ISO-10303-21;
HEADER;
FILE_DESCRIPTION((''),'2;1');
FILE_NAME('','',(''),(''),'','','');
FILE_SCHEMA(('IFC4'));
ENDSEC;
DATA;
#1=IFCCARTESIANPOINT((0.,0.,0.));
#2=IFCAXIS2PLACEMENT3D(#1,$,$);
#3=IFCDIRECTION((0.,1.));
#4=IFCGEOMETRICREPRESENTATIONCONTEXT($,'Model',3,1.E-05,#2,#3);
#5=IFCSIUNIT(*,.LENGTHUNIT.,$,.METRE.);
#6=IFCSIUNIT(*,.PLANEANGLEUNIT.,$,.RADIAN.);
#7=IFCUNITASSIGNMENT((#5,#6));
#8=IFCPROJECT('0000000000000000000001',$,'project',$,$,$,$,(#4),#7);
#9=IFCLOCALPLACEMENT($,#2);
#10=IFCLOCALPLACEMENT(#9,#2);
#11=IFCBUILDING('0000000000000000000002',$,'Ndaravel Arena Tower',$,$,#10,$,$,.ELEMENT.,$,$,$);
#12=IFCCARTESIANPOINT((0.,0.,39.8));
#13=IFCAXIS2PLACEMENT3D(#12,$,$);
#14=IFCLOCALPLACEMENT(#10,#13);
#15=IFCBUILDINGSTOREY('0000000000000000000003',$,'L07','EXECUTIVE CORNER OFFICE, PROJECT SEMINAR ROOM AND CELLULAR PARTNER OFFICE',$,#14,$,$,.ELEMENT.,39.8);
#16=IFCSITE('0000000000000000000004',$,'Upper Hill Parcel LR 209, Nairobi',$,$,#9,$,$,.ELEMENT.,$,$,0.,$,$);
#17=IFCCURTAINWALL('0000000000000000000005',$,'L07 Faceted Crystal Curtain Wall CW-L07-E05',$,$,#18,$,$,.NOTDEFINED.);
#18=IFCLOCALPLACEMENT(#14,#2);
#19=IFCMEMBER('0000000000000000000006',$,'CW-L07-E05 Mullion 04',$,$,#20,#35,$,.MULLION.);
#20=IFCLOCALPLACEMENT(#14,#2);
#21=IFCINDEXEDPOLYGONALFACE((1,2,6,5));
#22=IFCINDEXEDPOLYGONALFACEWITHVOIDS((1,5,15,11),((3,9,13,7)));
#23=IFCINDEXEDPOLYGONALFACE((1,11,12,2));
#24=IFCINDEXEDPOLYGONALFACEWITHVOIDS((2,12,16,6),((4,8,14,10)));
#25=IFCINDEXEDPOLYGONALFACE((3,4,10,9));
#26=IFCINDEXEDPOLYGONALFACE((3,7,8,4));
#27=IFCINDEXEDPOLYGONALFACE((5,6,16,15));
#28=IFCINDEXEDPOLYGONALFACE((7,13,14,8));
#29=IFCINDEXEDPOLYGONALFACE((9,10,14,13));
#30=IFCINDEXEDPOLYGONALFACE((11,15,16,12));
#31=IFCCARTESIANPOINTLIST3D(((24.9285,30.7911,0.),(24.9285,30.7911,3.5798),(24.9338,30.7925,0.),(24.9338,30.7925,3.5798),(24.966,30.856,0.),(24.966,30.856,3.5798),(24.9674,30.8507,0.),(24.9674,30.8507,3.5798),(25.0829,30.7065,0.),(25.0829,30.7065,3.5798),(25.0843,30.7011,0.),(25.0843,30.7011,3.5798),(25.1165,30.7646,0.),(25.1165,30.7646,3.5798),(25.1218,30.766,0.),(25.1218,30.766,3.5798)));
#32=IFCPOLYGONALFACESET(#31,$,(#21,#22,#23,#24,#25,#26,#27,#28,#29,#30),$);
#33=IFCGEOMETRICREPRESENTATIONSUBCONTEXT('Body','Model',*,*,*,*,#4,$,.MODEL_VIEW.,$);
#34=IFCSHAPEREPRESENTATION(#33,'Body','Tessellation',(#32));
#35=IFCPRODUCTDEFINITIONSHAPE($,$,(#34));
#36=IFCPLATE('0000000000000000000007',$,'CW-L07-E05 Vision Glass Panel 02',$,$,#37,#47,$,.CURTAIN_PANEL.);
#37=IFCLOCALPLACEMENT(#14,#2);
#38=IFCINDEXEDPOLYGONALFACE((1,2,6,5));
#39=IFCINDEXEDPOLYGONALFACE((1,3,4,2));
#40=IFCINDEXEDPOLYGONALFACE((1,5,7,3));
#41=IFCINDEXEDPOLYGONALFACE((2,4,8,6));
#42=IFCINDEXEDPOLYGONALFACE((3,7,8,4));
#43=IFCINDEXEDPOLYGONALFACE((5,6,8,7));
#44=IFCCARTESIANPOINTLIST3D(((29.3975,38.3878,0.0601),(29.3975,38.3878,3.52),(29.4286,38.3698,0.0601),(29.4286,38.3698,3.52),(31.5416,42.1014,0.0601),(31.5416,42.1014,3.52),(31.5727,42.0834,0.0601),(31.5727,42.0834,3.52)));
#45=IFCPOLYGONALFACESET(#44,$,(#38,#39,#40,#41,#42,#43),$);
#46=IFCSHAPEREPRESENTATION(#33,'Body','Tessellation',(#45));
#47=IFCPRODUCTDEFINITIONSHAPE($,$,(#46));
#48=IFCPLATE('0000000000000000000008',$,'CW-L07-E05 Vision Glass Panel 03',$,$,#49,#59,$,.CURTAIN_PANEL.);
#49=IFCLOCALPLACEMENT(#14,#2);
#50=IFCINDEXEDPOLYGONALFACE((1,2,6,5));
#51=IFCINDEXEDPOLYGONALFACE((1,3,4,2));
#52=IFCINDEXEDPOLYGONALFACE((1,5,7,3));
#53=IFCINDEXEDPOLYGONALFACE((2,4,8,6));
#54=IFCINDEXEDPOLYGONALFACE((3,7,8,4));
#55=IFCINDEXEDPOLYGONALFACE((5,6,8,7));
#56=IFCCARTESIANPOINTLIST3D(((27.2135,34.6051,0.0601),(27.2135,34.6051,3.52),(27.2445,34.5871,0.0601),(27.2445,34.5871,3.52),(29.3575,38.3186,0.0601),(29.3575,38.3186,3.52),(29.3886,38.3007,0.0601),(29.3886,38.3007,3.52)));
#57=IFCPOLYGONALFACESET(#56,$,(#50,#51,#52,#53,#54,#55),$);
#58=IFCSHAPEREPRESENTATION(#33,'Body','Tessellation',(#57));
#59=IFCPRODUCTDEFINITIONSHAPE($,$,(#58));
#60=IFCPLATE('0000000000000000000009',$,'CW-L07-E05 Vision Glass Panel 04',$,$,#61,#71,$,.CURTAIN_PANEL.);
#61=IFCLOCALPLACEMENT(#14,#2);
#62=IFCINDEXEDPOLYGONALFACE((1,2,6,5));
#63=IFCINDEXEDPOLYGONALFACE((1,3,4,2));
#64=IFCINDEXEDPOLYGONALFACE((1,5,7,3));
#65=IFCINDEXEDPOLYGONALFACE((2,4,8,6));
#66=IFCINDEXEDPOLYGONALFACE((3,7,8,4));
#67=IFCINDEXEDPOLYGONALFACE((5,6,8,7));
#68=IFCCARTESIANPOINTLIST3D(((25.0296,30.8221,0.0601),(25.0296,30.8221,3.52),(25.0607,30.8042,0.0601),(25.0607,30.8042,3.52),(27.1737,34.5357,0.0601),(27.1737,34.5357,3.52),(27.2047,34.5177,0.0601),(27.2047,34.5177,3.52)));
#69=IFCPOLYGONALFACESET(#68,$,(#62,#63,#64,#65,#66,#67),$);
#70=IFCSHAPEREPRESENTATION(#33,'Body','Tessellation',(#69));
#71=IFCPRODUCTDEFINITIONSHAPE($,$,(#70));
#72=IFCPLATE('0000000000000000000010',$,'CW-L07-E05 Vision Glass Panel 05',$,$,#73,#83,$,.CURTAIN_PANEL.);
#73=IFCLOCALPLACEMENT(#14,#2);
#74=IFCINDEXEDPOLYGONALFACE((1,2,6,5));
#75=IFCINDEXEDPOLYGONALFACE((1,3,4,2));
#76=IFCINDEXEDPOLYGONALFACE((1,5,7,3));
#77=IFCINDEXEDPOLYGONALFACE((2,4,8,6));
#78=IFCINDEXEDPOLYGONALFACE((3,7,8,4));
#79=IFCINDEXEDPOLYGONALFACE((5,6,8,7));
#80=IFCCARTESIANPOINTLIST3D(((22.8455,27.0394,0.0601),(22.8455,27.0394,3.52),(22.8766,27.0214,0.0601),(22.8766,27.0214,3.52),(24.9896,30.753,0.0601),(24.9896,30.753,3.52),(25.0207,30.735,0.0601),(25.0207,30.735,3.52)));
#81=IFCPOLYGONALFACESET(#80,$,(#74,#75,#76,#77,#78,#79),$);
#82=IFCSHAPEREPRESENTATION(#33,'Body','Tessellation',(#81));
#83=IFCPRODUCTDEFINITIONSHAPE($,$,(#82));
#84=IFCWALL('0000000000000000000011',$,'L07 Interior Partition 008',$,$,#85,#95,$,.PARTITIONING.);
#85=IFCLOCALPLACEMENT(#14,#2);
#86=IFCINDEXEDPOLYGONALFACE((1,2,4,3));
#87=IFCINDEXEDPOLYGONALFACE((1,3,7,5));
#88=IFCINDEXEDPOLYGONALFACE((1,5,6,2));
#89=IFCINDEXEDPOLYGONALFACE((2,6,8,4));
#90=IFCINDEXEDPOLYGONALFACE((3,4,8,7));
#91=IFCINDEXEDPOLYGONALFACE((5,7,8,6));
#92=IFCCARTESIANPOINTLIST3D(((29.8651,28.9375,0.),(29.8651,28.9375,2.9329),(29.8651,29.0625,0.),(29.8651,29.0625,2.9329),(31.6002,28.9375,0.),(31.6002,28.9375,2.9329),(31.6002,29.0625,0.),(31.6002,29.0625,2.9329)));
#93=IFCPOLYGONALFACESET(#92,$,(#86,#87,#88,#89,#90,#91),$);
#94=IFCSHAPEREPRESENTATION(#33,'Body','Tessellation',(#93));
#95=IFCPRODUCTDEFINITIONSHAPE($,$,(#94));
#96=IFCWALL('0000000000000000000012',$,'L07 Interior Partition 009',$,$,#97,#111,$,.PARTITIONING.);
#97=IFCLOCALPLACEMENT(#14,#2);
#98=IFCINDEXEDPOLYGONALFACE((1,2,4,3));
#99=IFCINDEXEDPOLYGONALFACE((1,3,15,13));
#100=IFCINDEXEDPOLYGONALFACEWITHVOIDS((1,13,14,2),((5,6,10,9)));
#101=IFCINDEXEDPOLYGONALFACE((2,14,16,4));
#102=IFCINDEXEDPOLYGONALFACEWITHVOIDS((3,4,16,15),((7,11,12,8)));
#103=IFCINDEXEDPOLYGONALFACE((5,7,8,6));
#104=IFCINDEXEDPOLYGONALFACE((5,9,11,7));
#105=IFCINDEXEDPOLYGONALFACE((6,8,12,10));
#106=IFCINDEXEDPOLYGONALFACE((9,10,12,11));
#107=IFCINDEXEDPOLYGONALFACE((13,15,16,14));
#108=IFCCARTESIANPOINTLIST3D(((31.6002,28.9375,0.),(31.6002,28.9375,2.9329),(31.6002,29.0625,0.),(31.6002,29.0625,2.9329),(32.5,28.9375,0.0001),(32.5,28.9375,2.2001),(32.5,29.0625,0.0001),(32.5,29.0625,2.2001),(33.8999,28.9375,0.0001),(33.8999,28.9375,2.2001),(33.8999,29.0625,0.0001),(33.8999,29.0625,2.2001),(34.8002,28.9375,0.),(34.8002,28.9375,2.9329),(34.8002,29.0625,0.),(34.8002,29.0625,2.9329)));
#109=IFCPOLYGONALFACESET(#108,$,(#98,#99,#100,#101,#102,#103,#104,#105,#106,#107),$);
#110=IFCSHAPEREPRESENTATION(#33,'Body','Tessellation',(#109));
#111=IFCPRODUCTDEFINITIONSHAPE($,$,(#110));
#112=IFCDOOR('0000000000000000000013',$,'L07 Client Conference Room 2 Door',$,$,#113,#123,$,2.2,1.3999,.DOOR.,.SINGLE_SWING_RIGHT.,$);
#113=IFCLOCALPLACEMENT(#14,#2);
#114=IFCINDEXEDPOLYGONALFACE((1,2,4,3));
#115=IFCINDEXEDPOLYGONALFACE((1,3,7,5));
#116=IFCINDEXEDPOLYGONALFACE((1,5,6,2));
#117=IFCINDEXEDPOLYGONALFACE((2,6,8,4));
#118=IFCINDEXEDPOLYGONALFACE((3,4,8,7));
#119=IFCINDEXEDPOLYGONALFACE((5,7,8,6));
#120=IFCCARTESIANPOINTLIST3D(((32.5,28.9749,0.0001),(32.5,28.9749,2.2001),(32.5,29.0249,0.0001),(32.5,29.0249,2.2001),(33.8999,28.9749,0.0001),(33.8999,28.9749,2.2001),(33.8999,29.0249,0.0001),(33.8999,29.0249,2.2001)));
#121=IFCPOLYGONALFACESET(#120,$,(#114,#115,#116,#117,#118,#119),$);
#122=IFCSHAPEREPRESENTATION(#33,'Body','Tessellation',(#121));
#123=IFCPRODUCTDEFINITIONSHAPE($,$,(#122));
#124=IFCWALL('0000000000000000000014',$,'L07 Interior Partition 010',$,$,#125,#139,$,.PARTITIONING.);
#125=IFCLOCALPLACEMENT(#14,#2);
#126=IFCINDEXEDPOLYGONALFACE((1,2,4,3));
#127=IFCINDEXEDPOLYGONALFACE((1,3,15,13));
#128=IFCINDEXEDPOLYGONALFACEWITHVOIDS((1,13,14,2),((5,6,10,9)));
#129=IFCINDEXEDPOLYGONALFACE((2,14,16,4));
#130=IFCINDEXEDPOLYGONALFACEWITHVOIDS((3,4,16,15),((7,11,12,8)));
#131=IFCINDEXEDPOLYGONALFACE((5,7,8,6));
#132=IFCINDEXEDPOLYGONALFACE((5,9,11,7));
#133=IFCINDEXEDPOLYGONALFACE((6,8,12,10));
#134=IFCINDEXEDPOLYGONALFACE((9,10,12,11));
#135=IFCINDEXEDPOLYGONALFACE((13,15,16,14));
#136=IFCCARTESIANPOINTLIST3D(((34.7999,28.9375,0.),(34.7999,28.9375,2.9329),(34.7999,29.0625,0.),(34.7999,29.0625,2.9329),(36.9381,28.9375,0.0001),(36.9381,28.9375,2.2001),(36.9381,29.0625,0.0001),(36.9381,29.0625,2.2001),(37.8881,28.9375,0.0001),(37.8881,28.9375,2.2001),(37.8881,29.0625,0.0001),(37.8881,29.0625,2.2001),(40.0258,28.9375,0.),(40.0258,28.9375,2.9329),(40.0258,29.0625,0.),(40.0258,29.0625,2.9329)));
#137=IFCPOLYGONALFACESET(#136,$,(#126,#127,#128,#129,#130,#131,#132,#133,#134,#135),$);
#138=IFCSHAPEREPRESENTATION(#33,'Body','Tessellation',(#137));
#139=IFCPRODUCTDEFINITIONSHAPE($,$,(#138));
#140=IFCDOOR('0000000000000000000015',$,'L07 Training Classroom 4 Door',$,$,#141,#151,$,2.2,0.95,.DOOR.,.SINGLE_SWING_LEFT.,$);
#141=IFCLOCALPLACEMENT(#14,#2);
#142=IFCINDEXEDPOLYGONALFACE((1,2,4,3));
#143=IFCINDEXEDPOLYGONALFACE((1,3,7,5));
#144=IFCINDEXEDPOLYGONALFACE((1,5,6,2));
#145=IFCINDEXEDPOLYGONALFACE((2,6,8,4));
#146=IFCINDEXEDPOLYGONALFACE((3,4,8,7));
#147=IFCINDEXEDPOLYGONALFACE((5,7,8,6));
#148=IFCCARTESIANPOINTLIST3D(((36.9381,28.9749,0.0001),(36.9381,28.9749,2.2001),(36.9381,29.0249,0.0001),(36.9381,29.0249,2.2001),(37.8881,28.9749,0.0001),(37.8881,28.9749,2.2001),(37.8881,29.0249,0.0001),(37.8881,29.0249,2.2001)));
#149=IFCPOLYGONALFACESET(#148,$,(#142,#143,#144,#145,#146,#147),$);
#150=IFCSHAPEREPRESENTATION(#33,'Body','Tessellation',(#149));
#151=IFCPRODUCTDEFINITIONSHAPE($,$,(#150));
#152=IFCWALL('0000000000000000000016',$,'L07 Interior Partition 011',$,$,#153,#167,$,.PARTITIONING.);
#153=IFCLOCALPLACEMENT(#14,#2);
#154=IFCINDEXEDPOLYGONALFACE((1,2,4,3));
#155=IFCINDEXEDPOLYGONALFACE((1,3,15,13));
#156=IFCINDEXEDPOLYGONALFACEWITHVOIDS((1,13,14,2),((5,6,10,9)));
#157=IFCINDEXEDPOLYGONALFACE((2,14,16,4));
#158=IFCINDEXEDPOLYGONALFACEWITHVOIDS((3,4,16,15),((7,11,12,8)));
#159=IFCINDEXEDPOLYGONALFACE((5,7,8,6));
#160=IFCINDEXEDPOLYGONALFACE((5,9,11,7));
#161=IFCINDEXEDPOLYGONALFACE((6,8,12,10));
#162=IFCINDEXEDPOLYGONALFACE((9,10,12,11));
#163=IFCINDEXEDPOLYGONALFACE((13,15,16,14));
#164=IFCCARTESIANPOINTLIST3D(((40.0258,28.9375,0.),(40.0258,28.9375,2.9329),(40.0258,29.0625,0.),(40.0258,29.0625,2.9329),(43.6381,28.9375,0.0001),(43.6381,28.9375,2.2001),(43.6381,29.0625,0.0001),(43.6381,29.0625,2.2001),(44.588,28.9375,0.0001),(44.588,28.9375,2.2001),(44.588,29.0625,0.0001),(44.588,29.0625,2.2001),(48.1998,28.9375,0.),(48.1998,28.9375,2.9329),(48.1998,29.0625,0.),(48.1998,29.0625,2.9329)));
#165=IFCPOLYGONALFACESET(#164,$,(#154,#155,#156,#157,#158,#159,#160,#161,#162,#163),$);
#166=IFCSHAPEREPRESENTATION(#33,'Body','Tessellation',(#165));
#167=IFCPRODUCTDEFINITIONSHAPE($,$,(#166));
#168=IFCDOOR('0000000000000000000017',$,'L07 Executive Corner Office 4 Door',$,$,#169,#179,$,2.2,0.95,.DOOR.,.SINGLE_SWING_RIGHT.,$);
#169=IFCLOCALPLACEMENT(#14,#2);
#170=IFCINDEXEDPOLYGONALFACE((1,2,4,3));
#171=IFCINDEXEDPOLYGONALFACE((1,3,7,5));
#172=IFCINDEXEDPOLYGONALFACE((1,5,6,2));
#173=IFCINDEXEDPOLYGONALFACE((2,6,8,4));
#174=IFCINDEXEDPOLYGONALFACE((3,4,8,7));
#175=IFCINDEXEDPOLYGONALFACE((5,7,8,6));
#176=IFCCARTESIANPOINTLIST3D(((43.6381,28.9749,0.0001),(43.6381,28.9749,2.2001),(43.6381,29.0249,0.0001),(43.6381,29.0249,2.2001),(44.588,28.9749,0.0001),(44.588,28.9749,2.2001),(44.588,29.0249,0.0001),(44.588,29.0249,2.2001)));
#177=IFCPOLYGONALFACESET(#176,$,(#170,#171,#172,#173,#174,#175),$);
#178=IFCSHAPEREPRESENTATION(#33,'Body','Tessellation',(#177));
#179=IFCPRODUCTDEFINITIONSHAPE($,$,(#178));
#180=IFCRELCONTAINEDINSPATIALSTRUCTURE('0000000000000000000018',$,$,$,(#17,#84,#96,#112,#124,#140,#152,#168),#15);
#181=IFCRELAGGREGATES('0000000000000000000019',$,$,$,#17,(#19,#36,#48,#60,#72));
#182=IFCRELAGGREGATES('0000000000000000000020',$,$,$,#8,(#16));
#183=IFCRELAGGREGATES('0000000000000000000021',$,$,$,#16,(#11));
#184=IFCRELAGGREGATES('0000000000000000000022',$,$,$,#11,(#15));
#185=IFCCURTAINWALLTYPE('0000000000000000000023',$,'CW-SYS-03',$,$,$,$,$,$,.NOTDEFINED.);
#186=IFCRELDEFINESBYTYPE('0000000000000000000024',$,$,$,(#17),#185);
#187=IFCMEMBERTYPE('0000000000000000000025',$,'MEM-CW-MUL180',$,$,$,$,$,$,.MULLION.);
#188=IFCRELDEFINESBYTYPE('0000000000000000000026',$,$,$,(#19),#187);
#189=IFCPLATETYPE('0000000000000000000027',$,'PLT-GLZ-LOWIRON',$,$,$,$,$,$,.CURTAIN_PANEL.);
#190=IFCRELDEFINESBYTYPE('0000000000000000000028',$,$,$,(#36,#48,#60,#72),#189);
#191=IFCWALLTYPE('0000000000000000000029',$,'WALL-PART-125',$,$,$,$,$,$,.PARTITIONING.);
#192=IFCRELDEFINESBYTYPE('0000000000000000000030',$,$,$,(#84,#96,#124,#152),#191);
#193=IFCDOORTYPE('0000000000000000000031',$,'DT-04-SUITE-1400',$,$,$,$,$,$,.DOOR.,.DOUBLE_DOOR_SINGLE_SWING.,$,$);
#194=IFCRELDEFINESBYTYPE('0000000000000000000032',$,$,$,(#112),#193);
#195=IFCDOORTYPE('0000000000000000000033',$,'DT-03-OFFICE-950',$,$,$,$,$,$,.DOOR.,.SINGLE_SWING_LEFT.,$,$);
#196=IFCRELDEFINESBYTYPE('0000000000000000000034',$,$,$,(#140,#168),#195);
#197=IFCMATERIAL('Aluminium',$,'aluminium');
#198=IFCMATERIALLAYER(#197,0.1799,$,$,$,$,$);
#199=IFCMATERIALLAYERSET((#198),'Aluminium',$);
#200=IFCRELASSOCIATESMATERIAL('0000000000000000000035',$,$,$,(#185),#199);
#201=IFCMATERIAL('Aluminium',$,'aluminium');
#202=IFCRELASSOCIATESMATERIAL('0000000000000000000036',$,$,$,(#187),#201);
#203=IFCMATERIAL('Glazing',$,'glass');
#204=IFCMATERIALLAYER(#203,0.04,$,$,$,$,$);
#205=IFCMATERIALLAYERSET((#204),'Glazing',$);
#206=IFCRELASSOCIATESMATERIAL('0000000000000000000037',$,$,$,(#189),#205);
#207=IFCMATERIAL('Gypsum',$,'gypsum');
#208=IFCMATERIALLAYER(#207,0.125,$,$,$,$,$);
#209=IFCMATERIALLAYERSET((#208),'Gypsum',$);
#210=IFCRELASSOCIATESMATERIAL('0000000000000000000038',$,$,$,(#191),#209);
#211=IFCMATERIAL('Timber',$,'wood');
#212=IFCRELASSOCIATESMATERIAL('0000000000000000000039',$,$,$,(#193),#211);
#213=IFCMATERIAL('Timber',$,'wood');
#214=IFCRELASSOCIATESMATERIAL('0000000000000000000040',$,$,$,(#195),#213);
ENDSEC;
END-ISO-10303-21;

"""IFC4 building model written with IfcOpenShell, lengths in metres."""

from ifc_helpers import new_model, si_unit, direction, frame, frame_2d, origin, origin_2d, place, context, subcontext, project, spatial, rectangle, hollow_rectangle, extrude, material, layer, layer_set, material_profile, profile_set, type_object, element, fill, aggregate, save


model = new_model("IFC4")

# Units and contexts
model_context = context("Model", 3, precision=1e-05, world=origin(), true_north=direction((0.0, 1.0)))
body_context = subcontext(model_context, "Body", "Model", "MODEL_VIEW")
ifc_project = project(units=[si_unit("LENGTHUNIT", "METRE"), si_unit("PLANEANGLEUNIT", "RADIAN")], contexts=[model_context])

# Site, building, storey
site_placement = place(None, origin())
site = spatial("IfcSite", under=ifc_project, at=site_placement, Name="Upper Hill Parcel LR 209, Nairobi", CompositionType="ELEMENT", RefElevation=0.0)
building_placement = place(site_placement, origin())
building = spatial("IfcBuilding", under=site, at=building_placement, Name="Ndaravel Arena Tower", CompositionType="ELEMENT")
storey_placement = place(building_placement, frame((0.0, 0.0, 39.8)))
storey = spatial("IfcBuildingStorey", under=building, at=storey_placement, Name="L07", Description="EXECUTIVE CORNER OFFICE, PROJECT SEMINAR ROOM AND CELLULAR PARTNER OFFICE", CompositionType="ELEMENT", Elevation=39.8)

# Curtain wall, member, plates
ifc_material_1 = material(Name="Aluminium", Category="aluminium")
ifc_layer_1 = layer(ifc_material_1, 0.1799)
ifc_layer_set_1 = layer_set([ifc_layer_1], Name="Aluminium")
curtain_wall_type = type_object("IfcCurtainWallType", Name="CW-SYS-03", PredefinedType="NOTDEFINED", material=ifc_layer_set_1)
curtain_wall_placement = place(storey_placement, origin())
curtain_wall = element("IfcCurtainWall", 1, at=curtain_wall_placement, inside=storey, type_object=curtain_wall_type, Name="L07 Faceted Crystal Curtain Wall CW-L07-E05", PredefinedType="NOTDEFINED")
ifc_material_2 = material(Name="Aluminium", Category="aluminium")
ifc_material_profile_1 = material_profile(ifc_material_2, hollow_rectangle(XDim=0.075, YDim=0.1799, WallThickness=0.0039, at=origin_2d()), Name="CW MULLION 75x180x4")
ifc_profile_set_1 = profile_set([ifc_material_profile_1], Name="Aluminium")
member_type = type_object("IfcMemberType", Name="MEM-CW-MUL180", PredefinedType="MULLION", material=ifc_profile_set_1)
member_1_placement = place(storey_placement, frame((25.0251, 30.7786, 0.0), z_axis=(0.0, 0.0, 1.0), x_axis=(-0.5, -0.866025, 0.0)))
member_1 = element("IfcMember", 2, at=member_1_placement, type_object=member_type, Name="CW-L07-E05 Mullion 04", PredefinedType="MULLION", context=body_context, shape_type="SweptSolid", body=[
    extrude(hollow_rectangle(XDim=0.075, YDim=0.1799, WallThickness=0.0039, at=origin_2d()), origin(), (0.0, 0.0, 1.0), 3.5798),
])
ifc_material_3 = material(Name="Glazing", Category="glass")
ifc_layer_2 = layer(ifc_material_3, 0.04)
ifc_layer_set_2 = layer_set([ifc_layer_2], Name="Glazing")
plate_type = type_object("IfcPlateType", Name="PLT-GLZ-LOWIRON", PredefinedType="CURTAIN_PANEL", material=ifc_layer_set_2)
plate_1_placement = place(storey_placement, frame((30.4851, 40.2356, 0.0601), z_axis=(0.0, 0.0, 1.0), x_axis=(-0.5, -0.866025, 0.0)))
plate_1 = element("IfcPlate", 3, at=plate_1_placement, type_object=plate_type, Name="CW-L07-E05 Vision Glass Panel 02", PredefinedType="CURTAIN_PANEL", context=body_context, shape_type="SweptSolid", body=[
    extrude(rectangle(XDim=4.2881, YDim=0.0359, at=origin_2d()), origin(), (0.0, 0.0, 1.0), 3.46),
])
plate_2_placement = place(storey_placement, frame((28.301, 36.4529, 0.0601), z_axis=(0.0, 0.0, 1.0), x_axis=(-0.5, -0.866025, 0.0)))
plate_2 = element("IfcPlate", 4, at=plate_2_placement, type_object=plate_type, Name="CW-L07-E05 Vision Glass Panel 03", PredefinedType="CURTAIN_PANEL", context=body_context, shape_type="SweptSolid", body=[
    extrude(rectangle(XDim=4.2881, YDim=0.0359, at=origin_2d()), origin(), (0.0, 0.0, 1.0), 3.46),
])
plate_3_placement = place(storey_placement, frame((26.1172, 32.6699, 0.0601), z_axis=(0.0, 0.0, 1.0), x_axis=(-0.5, -0.866025, 0.0)))
plate_3 = element("IfcPlate", 5, at=plate_3_placement, type_object=plate_type, Name="CW-L07-E05 Vision Glass Panel 04", PredefinedType="CURTAIN_PANEL", context=body_context, shape_type="SweptSolid", body=[
    extrude(rectangle(XDim=4.2881, YDim=0.0359, at=origin_2d()), origin(), (0.0, 0.0, 1.0), 3.46),
])
plate_4_placement = place(storey_placement, frame((23.9331, 28.8872, 0.0601), z_axis=(0.0, 0.0, 1.0), x_axis=(-0.5, -0.866025, 0.0)))
plate_4 = element("IfcPlate", 6, at=plate_4_placement, type_object=plate_type, Name="CW-L07-E05 Vision Glass Panel 05", PredefinedType="CURTAIN_PANEL", context=body_context, shape_type="SweptSolid", body=[
    extrude(rectangle(XDim=4.2881, YDim=0.0359, at=origin_2d()), origin(), (0.0, 0.0, 1.0), 3.46),
])
aggregate(curtain_wall, [member_1, plate_1, plate_2, plate_3, plate_4])

# Wall
ifc_material_4 = material(Name="Gypsum", Category="gypsum")
ifc_layer_3 = layer(ifc_material_4, 0.125)
ifc_layer_set_3 = layer_set([ifc_layer_3], Name="Gypsum")
wall_type_1 = type_object("IfcWallType", Name="WALL-PART-125", PredefinedType="PARTITIONING", material=ifc_layer_set_3)
wall_1_placement = place(storey_placement, frame((29.865, 29.0, 0.0), z_axis=(0.0, 0.0, 1.0), x_axis=(1.0, 0.0, 0.0)))
element("IfcWall", 7, at=wall_1_placement, inside=storey, type_object=wall_type_1, Name="L07 Interior Partition 008", PredefinedType="PARTITIONING", context=body_context, shape_type="SweptSolid", body=[
    extrude(rectangle(XDim=1.7351, YDim=0.125, at=frame_2d((0.8677, 0.0))), origin(), (0.0, 0.0, 1.0), 2.9329),
])

# Walls, openings, doors
wall_2_placement = place(storey_placement, frame((31.6001, 29.0, 0.0), z_axis=(0.0, 0.0, 1.0), x_axis=(1.0, 0.0, 0.0)))
wall_2 = element("IfcWall", 8, at=wall_2_placement, inside=storey, type_object=wall_type_1, Name="L07 Interior Partition 009", PredefinedType="PARTITIONING", context=body_context, shape_type="SweptSolid", body=[
    extrude(rectangle(XDim=3.2, YDim=0.125, at=frame_2d((1.6001, 0.0))), origin(), (0.0, 0.0, 1.0), 2.9329),
])
opening_1_placement = place(wall_2_placement, frame((0.8999, 0.0, 0.0)))
opening_1 = element("IfcOpeningElement", 9, at=opening_1_placement, cuts=wall_2, PredefinedType="OPENING", context=body_context, shape_type="SweptSolid", body=[
    extrude(rectangle(XDim=1.3999, YDim=2.2, at=frame_2d((0.7, 1.1001))), frame((0.0, 0.0625, 0.0), z_axis=(0.0, -1.0, 0.0), x_axis=(1.0, 0.0, 0.0)), (0.0, 0.0, 1.0), 0.125),
])
ifc_material_5 = material(Name="Timber", Category="wood")
door_type_1 = type_object("IfcDoorType", Name="DT-04-SUITE-1400", OperationType="DOUBLE_DOOR_SINGLE_SWING", PredefinedType="DOOR", material=ifc_material_5)
door_1_placement = place(opening_1_placement, origin())
door_1 = element("IfcDoor", 10, at=door_1_placement, inside=storey, type_object=door_type_1, Name="L07 Client Conference Room 2 Door", OperationType="SINGLE_SWING_RIGHT", OverallHeight=2.2, OverallWidth=1.3999, PredefinedType="DOOR", context=body_context, shape_type="SweptSolid", body=[
    extrude(rectangle(XDim=1.3999, YDim=2.2, at=frame_2d((0.7, 1.1001))), frame((0.0, 0.0249, 0.0), z_axis=(0.0, -1.0, 0.0), x_axis=(1.0, 0.0, 0.0)), (0.0, 0.0, 1.0), 0.05),
])
fill(opening_1, door_1)
wall_3_placement = place(storey_placement, frame((34.8, 29.0, 0.0), z_axis=(0.0, 0.0, 1.0), x_axis=(1.0, 0.0, 0.0)))
wall_3 = element("IfcWall", 11, at=wall_3_placement, inside=storey, type_object=wall_type_1, Name="L07 Interior Partition 010", PredefinedType="PARTITIONING", context=body_context, shape_type="SweptSolid", body=[
    extrude(rectangle(XDim=5.2258, YDim=0.125, at=frame_2d((2.6128, 0.0))), origin(), (0.0, 0.0, 1.0), 2.9329),
])
opening_2_placement = place(wall_3_placement, frame((2.1379, 0.0, 0.0)))
opening_2 = element("IfcOpeningElement", 12, at=opening_2_placement, cuts=wall_3, PredefinedType="OPENING", context=body_context, shape_type="SweptSolid", body=[
    extrude(rectangle(XDim=0.95, YDim=2.2, at=frame_2d((0.4751, 1.1001))), frame((0.0, 0.0625, 0.0), z_axis=(0.0, -1.0, 0.0), x_axis=(1.0, 0.0, 0.0)), (0.0, 0.0, 1.0), 0.125),
])
ifc_material_6 = material(Name="Timber", Category="wood")
door_type_2 = type_object("IfcDoorType", Name="DT-03-OFFICE-950", OperationType="SINGLE_SWING_LEFT", PredefinedType="DOOR", material=ifc_material_6)
door_2_placement = place(opening_2_placement, origin())
door_2 = element("IfcDoor", 13, at=door_2_placement, inside=storey, type_object=door_type_2, Name="L07 Training Classroom 4 Door", OperationType="SINGLE_SWING_LEFT", OverallHeight=2.2, OverallWidth=0.95, PredefinedType="DOOR", context=body_context, shape_type="SweptSolid", body=[
    extrude(rectangle(XDim=0.95, YDim=2.2, at=frame_2d((0.4751, 1.1001))), frame((0.0, 0.0249, 0.0), z_axis=(0.0, -1.0, 0.0), x_axis=(1.0, 0.0, 0.0)), (0.0, 0.0, 1.0), 0.05),
])
fill(opening_2, door_2)
wall_4_placement = place(storey_placement, frame((40.0259, 29.0, 0.0), z_axis=(0.0, 0.0, 1.0), x_axis=(1.0, 0.0, 0.0)))
wall_4 = element("IfcWall", 14, at=wall_4_placement, inside=storey, type_object=wall_type_1, Name="L07 Interior Partition 011", PredefinedType="PARTITIONING", context=body_context, shape_type="SweptSolid", body=[
    extrude(rectangle(XDim=8.1741, YDim=0.125, at=frame_2d((4.0869, 0.0))), origin(), (0.0, 0.0, 1.0), 2.9329),
])
opening_3_placement = place(wall_4_placement, frame((3.6121, 0.0, 0.0)))
opening_3 = element("IfcOpeningElement", 15, at=opening_3_placement, cuts=wall_4, PredefinedType="OPENING", context=body_context, shape_type="SweptSolid", body=[
    extrude(rectangle(XDim=0.95, YDim=2.2, at=frame_2d((0.4751, 1.1001))), frame((0.0, 0.0625, 0.0), z_axis=(0.0, -1.0, 0.0), x_axis=(1.0, 0.0, 0.0)), (0.0, 0.0, 1.0), 0.125),
])
door_3_placement = place(opening_3_placement, origin())
door_3 = element("IfcDoor", 16, at=door_3_placement, inside=storey, type_object=door_type_2, Name="L07 Executive Corner Office 4 Door", OperationType="SINGLE_SWING_RIGHT", OverallHeight=2.2, OverallWidth=0.95, PredefinedType="DOOR", context=body_context, shape_type="SweptSolid", body=[
    extrude(rectangle(XDim=0.95, YDim=2.2, at=frame_2d((0.4751, 1.1001))), frame((0.0, 0.0249, 0.0), z_axis=(0.0, -1.0, 0.0), x_axis=(1.0, 0.0, 0.0)), (0.0, 0.0, 1.0), 0.05),
])
fill(opening_3, door_3)

save(model, "model.ifc")
